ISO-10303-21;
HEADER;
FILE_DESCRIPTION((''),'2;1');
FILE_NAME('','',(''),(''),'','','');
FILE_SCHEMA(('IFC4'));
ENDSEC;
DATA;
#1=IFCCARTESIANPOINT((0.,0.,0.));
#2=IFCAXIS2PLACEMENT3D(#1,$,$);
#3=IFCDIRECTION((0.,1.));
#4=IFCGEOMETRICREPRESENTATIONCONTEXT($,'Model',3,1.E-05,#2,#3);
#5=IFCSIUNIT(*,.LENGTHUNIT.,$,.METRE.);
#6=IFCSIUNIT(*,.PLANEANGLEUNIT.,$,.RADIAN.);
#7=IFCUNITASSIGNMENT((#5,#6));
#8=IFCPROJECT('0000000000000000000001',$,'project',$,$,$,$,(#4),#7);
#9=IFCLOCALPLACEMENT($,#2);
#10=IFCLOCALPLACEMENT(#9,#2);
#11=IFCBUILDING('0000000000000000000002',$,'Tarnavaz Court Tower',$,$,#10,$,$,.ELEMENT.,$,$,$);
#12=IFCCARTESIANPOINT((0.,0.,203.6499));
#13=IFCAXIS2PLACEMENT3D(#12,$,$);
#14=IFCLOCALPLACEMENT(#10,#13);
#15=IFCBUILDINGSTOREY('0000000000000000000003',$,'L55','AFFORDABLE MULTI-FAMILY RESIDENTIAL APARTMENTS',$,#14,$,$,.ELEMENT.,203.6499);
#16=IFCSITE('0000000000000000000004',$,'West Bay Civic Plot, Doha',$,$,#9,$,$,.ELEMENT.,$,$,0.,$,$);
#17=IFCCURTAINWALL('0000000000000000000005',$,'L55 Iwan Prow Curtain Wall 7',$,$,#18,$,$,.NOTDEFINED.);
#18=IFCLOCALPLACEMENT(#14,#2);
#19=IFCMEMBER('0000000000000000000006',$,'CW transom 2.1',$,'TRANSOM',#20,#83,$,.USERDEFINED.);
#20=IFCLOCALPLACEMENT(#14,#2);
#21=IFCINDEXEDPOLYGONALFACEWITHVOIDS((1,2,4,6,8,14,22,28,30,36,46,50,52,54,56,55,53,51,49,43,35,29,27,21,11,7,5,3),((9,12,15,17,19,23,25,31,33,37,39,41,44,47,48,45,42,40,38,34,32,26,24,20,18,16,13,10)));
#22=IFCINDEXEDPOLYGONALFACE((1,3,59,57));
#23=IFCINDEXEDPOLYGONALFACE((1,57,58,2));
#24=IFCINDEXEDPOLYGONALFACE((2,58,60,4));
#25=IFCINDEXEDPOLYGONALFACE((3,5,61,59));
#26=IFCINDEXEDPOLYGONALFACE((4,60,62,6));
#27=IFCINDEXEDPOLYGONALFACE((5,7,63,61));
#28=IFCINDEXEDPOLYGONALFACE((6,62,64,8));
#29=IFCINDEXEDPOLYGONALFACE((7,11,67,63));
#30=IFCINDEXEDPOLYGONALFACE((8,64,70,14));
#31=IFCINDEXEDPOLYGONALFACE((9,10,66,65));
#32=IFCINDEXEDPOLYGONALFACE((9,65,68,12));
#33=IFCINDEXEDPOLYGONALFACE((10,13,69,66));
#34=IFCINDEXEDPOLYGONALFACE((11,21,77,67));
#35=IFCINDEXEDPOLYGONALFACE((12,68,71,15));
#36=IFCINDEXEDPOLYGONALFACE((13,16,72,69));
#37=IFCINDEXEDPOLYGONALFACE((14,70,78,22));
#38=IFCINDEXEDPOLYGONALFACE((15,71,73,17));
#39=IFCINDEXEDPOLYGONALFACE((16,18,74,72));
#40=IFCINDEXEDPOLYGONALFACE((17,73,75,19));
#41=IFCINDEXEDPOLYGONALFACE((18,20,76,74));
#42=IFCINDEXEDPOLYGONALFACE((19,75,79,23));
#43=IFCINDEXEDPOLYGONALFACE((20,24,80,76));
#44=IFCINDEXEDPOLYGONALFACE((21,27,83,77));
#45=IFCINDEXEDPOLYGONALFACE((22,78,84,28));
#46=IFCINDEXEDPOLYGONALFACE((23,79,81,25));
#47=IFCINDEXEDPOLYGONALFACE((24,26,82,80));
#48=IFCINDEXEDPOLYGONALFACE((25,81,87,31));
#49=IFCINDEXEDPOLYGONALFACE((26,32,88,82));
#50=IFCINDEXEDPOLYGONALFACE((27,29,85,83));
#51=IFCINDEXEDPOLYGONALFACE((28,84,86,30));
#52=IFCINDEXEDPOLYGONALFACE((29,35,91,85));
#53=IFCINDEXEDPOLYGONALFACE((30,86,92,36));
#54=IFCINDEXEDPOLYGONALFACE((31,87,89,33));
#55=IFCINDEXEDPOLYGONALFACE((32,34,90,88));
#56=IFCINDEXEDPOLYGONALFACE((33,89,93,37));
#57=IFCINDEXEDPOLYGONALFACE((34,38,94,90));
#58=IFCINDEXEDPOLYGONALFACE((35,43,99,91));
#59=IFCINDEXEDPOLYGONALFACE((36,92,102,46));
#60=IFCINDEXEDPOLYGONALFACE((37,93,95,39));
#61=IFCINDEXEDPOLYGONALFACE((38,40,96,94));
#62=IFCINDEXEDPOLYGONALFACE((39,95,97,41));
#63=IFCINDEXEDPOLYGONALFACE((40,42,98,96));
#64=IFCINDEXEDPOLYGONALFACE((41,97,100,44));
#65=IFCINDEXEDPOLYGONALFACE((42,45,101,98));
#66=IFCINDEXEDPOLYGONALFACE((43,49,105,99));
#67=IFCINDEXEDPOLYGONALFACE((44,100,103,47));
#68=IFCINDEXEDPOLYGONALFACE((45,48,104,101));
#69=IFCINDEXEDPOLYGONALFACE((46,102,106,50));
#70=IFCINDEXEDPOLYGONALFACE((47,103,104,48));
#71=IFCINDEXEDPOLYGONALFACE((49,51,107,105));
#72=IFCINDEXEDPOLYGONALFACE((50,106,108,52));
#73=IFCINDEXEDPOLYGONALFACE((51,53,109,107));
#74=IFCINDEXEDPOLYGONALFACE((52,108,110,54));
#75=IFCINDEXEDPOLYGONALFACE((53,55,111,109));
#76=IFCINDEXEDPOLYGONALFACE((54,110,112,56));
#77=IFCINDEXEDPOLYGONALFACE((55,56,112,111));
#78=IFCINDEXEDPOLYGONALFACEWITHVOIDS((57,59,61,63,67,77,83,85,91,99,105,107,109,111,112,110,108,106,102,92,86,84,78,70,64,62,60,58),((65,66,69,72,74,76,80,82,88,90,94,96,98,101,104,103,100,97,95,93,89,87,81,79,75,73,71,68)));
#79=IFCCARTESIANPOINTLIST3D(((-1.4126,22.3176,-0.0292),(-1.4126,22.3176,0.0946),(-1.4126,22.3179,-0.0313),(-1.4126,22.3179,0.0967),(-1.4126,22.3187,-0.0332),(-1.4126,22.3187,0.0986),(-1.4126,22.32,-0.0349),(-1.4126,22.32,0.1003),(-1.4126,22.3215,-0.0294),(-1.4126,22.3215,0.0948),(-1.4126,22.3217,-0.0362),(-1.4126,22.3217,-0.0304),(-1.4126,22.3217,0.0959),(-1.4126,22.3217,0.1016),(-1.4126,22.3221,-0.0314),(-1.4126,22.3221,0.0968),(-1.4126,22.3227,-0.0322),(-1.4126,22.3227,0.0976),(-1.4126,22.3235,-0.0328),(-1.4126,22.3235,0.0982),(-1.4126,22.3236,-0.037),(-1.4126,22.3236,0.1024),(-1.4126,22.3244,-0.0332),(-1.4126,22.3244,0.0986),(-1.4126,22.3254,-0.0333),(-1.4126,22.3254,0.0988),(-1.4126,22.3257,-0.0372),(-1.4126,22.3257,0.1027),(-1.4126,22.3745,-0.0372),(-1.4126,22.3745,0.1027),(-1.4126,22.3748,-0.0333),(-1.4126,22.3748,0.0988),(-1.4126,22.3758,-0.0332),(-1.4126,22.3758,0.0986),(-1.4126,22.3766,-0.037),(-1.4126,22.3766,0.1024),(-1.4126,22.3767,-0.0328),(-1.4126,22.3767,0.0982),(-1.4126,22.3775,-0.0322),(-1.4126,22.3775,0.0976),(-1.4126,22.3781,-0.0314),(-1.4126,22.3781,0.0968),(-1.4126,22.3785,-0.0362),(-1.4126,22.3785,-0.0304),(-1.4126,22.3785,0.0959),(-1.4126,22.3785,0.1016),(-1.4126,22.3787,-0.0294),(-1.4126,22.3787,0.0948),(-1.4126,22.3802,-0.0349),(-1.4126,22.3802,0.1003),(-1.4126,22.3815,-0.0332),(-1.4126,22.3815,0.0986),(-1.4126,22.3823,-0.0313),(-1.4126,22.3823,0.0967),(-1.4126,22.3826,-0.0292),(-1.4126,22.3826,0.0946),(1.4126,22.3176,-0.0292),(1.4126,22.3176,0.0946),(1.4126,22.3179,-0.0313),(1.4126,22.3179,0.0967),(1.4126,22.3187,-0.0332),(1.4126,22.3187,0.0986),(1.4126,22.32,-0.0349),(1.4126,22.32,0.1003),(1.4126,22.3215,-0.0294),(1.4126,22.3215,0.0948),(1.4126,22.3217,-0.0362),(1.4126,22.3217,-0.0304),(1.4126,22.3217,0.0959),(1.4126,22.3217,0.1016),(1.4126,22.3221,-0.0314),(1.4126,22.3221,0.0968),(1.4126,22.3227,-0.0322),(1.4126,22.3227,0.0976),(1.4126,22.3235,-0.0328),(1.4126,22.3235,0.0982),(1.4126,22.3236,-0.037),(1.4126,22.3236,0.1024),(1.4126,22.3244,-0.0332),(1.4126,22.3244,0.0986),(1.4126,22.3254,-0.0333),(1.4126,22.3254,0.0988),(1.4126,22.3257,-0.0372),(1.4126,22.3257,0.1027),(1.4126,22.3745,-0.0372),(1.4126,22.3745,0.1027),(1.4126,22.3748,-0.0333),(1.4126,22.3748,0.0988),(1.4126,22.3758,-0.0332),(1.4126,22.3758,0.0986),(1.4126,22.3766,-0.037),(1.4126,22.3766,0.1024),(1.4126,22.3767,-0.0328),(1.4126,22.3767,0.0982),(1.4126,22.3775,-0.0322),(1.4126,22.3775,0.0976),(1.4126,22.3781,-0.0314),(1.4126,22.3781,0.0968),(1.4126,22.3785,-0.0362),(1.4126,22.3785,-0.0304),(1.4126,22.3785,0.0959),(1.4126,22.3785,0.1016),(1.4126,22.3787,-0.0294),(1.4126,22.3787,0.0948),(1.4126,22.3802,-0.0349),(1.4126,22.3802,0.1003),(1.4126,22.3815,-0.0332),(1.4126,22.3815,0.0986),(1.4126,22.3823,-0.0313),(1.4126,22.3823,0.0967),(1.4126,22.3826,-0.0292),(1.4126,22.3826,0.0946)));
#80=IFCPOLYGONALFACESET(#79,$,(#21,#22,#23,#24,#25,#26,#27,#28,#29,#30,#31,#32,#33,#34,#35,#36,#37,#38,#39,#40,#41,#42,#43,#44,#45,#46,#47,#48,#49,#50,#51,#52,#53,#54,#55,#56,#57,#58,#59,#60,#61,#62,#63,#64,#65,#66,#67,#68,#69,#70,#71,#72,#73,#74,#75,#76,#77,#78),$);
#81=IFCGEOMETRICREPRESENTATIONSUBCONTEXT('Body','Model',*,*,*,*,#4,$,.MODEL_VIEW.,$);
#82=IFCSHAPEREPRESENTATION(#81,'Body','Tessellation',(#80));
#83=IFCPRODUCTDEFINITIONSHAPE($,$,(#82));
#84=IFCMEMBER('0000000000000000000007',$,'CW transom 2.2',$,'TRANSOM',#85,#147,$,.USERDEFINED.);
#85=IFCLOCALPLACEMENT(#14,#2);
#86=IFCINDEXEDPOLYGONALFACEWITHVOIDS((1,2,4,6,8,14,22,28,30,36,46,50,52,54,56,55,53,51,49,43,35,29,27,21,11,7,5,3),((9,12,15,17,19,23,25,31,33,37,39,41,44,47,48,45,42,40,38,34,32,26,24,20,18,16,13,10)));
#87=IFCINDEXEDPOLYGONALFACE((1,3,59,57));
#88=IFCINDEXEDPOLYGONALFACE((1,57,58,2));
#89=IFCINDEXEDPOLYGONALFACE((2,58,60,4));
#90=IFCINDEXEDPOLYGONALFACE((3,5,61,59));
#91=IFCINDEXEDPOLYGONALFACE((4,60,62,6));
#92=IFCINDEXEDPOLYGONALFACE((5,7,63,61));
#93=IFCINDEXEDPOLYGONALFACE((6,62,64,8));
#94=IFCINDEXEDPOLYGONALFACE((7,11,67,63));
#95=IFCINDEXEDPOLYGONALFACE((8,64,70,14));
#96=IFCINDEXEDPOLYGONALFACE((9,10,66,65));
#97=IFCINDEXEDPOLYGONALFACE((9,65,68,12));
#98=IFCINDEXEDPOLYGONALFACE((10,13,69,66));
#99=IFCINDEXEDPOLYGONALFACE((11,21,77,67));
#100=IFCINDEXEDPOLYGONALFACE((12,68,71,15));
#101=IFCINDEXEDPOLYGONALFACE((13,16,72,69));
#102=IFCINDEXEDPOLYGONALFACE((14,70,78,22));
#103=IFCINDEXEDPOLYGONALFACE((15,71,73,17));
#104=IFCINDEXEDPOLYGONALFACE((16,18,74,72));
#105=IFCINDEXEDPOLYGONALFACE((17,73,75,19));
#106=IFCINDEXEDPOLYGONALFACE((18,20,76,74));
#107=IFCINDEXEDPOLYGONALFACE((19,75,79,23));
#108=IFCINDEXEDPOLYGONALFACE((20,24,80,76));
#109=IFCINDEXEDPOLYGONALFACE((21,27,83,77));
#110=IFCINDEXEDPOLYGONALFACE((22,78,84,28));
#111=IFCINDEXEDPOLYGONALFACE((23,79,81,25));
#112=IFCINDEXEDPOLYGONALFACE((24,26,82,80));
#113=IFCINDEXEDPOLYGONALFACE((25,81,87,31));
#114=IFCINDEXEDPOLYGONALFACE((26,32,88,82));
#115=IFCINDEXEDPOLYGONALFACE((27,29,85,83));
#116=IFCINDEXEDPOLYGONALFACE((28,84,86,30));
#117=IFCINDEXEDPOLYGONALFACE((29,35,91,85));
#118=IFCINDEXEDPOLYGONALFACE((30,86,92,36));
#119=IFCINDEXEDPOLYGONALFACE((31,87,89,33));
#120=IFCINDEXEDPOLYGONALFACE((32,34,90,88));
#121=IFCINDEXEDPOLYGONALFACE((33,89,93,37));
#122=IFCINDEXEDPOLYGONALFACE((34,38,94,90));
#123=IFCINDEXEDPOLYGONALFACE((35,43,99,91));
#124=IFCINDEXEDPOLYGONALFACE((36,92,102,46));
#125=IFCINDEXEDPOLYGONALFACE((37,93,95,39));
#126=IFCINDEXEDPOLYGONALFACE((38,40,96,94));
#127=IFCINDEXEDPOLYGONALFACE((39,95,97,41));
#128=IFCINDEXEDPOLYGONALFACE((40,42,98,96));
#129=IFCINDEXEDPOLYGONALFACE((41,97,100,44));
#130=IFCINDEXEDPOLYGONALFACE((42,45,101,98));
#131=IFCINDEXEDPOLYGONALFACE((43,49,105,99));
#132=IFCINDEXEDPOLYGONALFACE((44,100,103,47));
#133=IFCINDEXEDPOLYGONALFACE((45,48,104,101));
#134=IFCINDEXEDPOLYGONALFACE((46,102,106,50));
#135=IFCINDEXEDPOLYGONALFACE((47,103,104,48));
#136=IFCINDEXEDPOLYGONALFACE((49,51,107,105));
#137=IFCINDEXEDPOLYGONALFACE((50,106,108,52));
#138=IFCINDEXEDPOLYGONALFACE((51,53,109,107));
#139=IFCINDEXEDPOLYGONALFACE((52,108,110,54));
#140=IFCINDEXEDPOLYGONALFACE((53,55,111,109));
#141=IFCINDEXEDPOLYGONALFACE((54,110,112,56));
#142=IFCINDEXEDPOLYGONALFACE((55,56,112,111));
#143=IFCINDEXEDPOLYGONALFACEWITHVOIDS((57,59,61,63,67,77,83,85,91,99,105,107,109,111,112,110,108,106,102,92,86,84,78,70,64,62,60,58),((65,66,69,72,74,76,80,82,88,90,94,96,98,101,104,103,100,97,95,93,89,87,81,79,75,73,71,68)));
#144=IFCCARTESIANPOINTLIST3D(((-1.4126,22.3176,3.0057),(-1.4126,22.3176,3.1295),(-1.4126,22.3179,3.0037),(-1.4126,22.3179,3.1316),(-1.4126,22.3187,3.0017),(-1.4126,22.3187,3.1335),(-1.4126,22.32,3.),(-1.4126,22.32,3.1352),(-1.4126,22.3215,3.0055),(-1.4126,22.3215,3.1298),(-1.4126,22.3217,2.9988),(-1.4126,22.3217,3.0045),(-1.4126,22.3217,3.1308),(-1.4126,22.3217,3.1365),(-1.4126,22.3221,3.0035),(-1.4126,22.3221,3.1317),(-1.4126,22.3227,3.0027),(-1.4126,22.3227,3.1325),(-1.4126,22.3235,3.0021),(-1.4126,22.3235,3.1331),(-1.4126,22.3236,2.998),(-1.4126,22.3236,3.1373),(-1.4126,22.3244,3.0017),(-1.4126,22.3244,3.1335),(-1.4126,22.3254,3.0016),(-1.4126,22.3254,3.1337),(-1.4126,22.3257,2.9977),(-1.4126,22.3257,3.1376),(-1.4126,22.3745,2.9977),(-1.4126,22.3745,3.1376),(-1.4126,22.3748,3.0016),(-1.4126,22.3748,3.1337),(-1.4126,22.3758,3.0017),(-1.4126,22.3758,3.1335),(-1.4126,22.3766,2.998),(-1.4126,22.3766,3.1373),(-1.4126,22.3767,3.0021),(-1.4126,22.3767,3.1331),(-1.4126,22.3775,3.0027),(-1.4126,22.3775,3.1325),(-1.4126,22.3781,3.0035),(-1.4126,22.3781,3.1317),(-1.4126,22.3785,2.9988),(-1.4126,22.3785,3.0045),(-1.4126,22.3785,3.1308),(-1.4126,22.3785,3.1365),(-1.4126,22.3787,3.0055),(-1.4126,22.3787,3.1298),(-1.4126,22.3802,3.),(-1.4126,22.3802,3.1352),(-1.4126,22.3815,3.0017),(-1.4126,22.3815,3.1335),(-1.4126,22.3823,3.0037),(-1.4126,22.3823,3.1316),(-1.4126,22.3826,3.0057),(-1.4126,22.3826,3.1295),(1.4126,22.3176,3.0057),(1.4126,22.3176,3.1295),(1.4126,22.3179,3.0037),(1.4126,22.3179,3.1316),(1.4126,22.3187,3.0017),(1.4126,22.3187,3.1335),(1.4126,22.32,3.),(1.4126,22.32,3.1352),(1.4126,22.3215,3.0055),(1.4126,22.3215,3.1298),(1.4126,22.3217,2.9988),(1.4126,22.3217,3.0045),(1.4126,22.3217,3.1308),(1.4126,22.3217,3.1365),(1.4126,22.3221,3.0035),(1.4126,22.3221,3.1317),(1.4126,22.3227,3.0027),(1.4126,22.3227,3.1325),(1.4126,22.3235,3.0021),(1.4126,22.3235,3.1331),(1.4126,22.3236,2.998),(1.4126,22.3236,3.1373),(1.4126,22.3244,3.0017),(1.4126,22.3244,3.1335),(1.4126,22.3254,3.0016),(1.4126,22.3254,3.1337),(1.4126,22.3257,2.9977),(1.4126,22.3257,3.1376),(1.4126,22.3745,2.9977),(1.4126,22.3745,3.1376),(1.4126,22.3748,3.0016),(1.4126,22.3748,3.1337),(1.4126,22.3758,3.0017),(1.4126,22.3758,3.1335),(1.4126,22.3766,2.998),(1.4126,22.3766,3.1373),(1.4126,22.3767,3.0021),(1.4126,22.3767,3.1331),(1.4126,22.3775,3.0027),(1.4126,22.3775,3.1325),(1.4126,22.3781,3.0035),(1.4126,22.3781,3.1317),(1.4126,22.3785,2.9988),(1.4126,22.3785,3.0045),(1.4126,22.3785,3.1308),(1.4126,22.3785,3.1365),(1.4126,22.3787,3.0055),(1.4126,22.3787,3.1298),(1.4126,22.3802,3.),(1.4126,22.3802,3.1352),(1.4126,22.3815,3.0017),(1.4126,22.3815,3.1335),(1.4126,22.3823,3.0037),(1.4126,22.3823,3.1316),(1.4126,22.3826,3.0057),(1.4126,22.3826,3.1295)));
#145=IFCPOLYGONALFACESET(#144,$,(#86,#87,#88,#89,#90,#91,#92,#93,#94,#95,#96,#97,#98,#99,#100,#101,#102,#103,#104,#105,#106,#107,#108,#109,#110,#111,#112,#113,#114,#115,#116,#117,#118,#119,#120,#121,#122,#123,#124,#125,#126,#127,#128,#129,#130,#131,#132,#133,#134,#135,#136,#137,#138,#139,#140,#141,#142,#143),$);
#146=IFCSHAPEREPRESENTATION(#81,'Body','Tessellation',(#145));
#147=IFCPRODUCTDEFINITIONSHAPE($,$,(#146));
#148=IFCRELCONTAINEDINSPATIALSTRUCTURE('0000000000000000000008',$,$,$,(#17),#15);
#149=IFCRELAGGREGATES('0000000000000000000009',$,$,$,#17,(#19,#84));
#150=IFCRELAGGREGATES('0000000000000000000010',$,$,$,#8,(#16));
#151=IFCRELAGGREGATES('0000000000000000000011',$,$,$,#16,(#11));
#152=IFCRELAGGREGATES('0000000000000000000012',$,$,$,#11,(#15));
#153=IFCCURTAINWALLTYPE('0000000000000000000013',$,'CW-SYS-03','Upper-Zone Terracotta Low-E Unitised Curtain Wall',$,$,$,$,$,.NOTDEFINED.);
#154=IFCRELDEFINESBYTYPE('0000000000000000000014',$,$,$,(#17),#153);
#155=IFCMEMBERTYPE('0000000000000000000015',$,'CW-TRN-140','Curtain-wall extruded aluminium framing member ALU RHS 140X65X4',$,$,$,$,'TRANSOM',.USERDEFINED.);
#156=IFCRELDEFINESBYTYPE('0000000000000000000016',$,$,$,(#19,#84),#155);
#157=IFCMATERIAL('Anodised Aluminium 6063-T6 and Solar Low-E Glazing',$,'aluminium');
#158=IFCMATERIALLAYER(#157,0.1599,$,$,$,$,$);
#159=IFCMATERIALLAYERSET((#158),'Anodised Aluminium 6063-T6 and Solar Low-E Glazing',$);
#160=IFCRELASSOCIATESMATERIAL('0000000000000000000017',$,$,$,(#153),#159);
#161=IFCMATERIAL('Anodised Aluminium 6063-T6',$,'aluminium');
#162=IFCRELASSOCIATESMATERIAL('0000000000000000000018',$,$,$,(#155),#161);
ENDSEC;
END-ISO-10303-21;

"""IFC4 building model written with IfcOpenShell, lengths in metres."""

from ifc_helpers import new_model, si_unit, direction, frame, origin, origin_2d, place, context, subcontext, project, spatial, hollow_rectangle, extrude, material, layer, layer_set, material_profile, profile_set, type_object, element, aggregate, save


model = new_model("IFC4")

# Units and contexts
model_context = context("Model", 3, precision=1e-05, world=origin(), true_north=direction((0.0, 1.0)))
body_context = subcontext(model_context, "Body", "Model", "MODEL_VIEW")
ifc_project = project(units=[si_unit("LENGTHUNIT", "METRE"), si_unit("PLANEANGLEUNIT", "RADIAN")], contexts=[model_context])

# Site, building, storey
site_placement = place(None, origin())
site = spatial("IfcSite", under=ifc_project, at=site_placement, Name="West Bay Civic Plot, Doha", CompositionType="ELEMENT", RefElevation=0.0)
building_placement = place(site_placement, origin())
building = spatial("IfcBuilding", under=site, at=building_placement, Name="Tarnavaz Court Tower", CompositionType="ELEMENT")
storey_placement = place(building_placement, frame((0.0, 0.0, 203.6499)))
storey = spatial("IfcBuildingStorey", under=building, at=storey_placement, Name="L55", Description="AFFORDABLE MULTI-FAMILY RESIDENTIAL APARTMENTS", CompositionType="ELEMENT", Elevation=203.6499)

# Curtain wall, members
ifc_material_1 = material(Name="Anodised Aluminium 6063-T6 and Solar Low-E Glazing", Category="aluminium")
ifc_layer_1 = layer(ifc_material_1, 0.1599)
ifc_layer_set_1 = layer_set([ifc_layer_1], Name="Anodised Aluminium 6063-T6 and Solar Low-E Glazing")
curtain_wall_type = type_object("IfcCurtainWallType", Name="CW-SYS-03", Description="Upper-Zone Terracotta Low-E Unitised Curtain Wall", PredefinedType="NOTDEFINED", material=ifc_layer_set_1)
curtain_wall_placement = place(storey_placement, origin())
curtain_wall = element("IfcCurtainWall", 1, at=curtain_wall_placement, inside=storey, type_object=curtain_wall_type, Name="L55 Iwan Prow Curtain Wall 7", PredefinedType="NOTDEFINED")
ifc_material_2 = material(Name="Anodised Aluminium 6063-T6", Category="aluminium")
ifc_material_profile_1 = material_profile(ifc_material_2, hollow_rectangle(XDim=0.0649, YDim=0.1399, WallThickness=0.0039, InnerFilletRadius=0.0039, OuterFilletRadius=0.0081, at=origin_2d()), Name="ALU RHS 140X65X4")
ifc_profile_set_1 = profile_set([ifc_material_profile_1], Name="Anodised Aluminium 6063-T6")
member_type_1 = type_object("IfcMemberType", Name="CW-TRN-140", Description="Curtain-wall extruded aluminium framing member ALU RHS 140X65X4", ElementType="TRANSOM", PredefinedType="USERDEFINED", material=ifc_profile_set_1)
member_1_placement = place(storey_placement, frame((-1.4126, 22.3501, 0.0327), z_axis=(1.0, 0.0, 0.0), x_axis=(0.0, 1.0, 0.0)))
member_1 = element("IfcMember", 2, at=member_1_placement, type_object=member_type_1, Name="CW transom 2.1", ObjectType="TRANSOM", PredefinedType="USERDEFINED", context=body_context, shape_type="SweptSolid", body=[
    extrude(hollow_rectangle(XDim=0.0649, YDim=0.1399, WallThickness=0.0039, InnerFilletRadius=0.0039, OuterFilletRadius=0.0081, at=origin_2d()), origin(), (0.0, 0.0, 1.0), 2.8252),
])
member_2_placement = place(storey_placement, frame((-1.4126, 22.3501, 3.0676), z_axis=(1.0, 0.0, 0.0), x_axis=(0.0, 1.0, 0.0)))
member_2 = element("IfcMember", 3, at=member_2_placement, type_object=member_type_1, Name="CW transom 2.2", ObjectType="TRANSOM", PredefinedType="USERDEFINED", context=body_context, shape_type="SweptSolid", body=[
    extrude(hollow_rectangle(XDim=0.0649, YDim=0.1399, WallThickness=0.0039, InnerFilletRadius=0.0039, OuterFilletRadius=0.0081, at=origin_2d()), origin(), (0.0, 0.0, 1.0), 2.8252),
])
aggregate(curtain_wall, [member_1, member_2])

save(model, "model.ifc")
